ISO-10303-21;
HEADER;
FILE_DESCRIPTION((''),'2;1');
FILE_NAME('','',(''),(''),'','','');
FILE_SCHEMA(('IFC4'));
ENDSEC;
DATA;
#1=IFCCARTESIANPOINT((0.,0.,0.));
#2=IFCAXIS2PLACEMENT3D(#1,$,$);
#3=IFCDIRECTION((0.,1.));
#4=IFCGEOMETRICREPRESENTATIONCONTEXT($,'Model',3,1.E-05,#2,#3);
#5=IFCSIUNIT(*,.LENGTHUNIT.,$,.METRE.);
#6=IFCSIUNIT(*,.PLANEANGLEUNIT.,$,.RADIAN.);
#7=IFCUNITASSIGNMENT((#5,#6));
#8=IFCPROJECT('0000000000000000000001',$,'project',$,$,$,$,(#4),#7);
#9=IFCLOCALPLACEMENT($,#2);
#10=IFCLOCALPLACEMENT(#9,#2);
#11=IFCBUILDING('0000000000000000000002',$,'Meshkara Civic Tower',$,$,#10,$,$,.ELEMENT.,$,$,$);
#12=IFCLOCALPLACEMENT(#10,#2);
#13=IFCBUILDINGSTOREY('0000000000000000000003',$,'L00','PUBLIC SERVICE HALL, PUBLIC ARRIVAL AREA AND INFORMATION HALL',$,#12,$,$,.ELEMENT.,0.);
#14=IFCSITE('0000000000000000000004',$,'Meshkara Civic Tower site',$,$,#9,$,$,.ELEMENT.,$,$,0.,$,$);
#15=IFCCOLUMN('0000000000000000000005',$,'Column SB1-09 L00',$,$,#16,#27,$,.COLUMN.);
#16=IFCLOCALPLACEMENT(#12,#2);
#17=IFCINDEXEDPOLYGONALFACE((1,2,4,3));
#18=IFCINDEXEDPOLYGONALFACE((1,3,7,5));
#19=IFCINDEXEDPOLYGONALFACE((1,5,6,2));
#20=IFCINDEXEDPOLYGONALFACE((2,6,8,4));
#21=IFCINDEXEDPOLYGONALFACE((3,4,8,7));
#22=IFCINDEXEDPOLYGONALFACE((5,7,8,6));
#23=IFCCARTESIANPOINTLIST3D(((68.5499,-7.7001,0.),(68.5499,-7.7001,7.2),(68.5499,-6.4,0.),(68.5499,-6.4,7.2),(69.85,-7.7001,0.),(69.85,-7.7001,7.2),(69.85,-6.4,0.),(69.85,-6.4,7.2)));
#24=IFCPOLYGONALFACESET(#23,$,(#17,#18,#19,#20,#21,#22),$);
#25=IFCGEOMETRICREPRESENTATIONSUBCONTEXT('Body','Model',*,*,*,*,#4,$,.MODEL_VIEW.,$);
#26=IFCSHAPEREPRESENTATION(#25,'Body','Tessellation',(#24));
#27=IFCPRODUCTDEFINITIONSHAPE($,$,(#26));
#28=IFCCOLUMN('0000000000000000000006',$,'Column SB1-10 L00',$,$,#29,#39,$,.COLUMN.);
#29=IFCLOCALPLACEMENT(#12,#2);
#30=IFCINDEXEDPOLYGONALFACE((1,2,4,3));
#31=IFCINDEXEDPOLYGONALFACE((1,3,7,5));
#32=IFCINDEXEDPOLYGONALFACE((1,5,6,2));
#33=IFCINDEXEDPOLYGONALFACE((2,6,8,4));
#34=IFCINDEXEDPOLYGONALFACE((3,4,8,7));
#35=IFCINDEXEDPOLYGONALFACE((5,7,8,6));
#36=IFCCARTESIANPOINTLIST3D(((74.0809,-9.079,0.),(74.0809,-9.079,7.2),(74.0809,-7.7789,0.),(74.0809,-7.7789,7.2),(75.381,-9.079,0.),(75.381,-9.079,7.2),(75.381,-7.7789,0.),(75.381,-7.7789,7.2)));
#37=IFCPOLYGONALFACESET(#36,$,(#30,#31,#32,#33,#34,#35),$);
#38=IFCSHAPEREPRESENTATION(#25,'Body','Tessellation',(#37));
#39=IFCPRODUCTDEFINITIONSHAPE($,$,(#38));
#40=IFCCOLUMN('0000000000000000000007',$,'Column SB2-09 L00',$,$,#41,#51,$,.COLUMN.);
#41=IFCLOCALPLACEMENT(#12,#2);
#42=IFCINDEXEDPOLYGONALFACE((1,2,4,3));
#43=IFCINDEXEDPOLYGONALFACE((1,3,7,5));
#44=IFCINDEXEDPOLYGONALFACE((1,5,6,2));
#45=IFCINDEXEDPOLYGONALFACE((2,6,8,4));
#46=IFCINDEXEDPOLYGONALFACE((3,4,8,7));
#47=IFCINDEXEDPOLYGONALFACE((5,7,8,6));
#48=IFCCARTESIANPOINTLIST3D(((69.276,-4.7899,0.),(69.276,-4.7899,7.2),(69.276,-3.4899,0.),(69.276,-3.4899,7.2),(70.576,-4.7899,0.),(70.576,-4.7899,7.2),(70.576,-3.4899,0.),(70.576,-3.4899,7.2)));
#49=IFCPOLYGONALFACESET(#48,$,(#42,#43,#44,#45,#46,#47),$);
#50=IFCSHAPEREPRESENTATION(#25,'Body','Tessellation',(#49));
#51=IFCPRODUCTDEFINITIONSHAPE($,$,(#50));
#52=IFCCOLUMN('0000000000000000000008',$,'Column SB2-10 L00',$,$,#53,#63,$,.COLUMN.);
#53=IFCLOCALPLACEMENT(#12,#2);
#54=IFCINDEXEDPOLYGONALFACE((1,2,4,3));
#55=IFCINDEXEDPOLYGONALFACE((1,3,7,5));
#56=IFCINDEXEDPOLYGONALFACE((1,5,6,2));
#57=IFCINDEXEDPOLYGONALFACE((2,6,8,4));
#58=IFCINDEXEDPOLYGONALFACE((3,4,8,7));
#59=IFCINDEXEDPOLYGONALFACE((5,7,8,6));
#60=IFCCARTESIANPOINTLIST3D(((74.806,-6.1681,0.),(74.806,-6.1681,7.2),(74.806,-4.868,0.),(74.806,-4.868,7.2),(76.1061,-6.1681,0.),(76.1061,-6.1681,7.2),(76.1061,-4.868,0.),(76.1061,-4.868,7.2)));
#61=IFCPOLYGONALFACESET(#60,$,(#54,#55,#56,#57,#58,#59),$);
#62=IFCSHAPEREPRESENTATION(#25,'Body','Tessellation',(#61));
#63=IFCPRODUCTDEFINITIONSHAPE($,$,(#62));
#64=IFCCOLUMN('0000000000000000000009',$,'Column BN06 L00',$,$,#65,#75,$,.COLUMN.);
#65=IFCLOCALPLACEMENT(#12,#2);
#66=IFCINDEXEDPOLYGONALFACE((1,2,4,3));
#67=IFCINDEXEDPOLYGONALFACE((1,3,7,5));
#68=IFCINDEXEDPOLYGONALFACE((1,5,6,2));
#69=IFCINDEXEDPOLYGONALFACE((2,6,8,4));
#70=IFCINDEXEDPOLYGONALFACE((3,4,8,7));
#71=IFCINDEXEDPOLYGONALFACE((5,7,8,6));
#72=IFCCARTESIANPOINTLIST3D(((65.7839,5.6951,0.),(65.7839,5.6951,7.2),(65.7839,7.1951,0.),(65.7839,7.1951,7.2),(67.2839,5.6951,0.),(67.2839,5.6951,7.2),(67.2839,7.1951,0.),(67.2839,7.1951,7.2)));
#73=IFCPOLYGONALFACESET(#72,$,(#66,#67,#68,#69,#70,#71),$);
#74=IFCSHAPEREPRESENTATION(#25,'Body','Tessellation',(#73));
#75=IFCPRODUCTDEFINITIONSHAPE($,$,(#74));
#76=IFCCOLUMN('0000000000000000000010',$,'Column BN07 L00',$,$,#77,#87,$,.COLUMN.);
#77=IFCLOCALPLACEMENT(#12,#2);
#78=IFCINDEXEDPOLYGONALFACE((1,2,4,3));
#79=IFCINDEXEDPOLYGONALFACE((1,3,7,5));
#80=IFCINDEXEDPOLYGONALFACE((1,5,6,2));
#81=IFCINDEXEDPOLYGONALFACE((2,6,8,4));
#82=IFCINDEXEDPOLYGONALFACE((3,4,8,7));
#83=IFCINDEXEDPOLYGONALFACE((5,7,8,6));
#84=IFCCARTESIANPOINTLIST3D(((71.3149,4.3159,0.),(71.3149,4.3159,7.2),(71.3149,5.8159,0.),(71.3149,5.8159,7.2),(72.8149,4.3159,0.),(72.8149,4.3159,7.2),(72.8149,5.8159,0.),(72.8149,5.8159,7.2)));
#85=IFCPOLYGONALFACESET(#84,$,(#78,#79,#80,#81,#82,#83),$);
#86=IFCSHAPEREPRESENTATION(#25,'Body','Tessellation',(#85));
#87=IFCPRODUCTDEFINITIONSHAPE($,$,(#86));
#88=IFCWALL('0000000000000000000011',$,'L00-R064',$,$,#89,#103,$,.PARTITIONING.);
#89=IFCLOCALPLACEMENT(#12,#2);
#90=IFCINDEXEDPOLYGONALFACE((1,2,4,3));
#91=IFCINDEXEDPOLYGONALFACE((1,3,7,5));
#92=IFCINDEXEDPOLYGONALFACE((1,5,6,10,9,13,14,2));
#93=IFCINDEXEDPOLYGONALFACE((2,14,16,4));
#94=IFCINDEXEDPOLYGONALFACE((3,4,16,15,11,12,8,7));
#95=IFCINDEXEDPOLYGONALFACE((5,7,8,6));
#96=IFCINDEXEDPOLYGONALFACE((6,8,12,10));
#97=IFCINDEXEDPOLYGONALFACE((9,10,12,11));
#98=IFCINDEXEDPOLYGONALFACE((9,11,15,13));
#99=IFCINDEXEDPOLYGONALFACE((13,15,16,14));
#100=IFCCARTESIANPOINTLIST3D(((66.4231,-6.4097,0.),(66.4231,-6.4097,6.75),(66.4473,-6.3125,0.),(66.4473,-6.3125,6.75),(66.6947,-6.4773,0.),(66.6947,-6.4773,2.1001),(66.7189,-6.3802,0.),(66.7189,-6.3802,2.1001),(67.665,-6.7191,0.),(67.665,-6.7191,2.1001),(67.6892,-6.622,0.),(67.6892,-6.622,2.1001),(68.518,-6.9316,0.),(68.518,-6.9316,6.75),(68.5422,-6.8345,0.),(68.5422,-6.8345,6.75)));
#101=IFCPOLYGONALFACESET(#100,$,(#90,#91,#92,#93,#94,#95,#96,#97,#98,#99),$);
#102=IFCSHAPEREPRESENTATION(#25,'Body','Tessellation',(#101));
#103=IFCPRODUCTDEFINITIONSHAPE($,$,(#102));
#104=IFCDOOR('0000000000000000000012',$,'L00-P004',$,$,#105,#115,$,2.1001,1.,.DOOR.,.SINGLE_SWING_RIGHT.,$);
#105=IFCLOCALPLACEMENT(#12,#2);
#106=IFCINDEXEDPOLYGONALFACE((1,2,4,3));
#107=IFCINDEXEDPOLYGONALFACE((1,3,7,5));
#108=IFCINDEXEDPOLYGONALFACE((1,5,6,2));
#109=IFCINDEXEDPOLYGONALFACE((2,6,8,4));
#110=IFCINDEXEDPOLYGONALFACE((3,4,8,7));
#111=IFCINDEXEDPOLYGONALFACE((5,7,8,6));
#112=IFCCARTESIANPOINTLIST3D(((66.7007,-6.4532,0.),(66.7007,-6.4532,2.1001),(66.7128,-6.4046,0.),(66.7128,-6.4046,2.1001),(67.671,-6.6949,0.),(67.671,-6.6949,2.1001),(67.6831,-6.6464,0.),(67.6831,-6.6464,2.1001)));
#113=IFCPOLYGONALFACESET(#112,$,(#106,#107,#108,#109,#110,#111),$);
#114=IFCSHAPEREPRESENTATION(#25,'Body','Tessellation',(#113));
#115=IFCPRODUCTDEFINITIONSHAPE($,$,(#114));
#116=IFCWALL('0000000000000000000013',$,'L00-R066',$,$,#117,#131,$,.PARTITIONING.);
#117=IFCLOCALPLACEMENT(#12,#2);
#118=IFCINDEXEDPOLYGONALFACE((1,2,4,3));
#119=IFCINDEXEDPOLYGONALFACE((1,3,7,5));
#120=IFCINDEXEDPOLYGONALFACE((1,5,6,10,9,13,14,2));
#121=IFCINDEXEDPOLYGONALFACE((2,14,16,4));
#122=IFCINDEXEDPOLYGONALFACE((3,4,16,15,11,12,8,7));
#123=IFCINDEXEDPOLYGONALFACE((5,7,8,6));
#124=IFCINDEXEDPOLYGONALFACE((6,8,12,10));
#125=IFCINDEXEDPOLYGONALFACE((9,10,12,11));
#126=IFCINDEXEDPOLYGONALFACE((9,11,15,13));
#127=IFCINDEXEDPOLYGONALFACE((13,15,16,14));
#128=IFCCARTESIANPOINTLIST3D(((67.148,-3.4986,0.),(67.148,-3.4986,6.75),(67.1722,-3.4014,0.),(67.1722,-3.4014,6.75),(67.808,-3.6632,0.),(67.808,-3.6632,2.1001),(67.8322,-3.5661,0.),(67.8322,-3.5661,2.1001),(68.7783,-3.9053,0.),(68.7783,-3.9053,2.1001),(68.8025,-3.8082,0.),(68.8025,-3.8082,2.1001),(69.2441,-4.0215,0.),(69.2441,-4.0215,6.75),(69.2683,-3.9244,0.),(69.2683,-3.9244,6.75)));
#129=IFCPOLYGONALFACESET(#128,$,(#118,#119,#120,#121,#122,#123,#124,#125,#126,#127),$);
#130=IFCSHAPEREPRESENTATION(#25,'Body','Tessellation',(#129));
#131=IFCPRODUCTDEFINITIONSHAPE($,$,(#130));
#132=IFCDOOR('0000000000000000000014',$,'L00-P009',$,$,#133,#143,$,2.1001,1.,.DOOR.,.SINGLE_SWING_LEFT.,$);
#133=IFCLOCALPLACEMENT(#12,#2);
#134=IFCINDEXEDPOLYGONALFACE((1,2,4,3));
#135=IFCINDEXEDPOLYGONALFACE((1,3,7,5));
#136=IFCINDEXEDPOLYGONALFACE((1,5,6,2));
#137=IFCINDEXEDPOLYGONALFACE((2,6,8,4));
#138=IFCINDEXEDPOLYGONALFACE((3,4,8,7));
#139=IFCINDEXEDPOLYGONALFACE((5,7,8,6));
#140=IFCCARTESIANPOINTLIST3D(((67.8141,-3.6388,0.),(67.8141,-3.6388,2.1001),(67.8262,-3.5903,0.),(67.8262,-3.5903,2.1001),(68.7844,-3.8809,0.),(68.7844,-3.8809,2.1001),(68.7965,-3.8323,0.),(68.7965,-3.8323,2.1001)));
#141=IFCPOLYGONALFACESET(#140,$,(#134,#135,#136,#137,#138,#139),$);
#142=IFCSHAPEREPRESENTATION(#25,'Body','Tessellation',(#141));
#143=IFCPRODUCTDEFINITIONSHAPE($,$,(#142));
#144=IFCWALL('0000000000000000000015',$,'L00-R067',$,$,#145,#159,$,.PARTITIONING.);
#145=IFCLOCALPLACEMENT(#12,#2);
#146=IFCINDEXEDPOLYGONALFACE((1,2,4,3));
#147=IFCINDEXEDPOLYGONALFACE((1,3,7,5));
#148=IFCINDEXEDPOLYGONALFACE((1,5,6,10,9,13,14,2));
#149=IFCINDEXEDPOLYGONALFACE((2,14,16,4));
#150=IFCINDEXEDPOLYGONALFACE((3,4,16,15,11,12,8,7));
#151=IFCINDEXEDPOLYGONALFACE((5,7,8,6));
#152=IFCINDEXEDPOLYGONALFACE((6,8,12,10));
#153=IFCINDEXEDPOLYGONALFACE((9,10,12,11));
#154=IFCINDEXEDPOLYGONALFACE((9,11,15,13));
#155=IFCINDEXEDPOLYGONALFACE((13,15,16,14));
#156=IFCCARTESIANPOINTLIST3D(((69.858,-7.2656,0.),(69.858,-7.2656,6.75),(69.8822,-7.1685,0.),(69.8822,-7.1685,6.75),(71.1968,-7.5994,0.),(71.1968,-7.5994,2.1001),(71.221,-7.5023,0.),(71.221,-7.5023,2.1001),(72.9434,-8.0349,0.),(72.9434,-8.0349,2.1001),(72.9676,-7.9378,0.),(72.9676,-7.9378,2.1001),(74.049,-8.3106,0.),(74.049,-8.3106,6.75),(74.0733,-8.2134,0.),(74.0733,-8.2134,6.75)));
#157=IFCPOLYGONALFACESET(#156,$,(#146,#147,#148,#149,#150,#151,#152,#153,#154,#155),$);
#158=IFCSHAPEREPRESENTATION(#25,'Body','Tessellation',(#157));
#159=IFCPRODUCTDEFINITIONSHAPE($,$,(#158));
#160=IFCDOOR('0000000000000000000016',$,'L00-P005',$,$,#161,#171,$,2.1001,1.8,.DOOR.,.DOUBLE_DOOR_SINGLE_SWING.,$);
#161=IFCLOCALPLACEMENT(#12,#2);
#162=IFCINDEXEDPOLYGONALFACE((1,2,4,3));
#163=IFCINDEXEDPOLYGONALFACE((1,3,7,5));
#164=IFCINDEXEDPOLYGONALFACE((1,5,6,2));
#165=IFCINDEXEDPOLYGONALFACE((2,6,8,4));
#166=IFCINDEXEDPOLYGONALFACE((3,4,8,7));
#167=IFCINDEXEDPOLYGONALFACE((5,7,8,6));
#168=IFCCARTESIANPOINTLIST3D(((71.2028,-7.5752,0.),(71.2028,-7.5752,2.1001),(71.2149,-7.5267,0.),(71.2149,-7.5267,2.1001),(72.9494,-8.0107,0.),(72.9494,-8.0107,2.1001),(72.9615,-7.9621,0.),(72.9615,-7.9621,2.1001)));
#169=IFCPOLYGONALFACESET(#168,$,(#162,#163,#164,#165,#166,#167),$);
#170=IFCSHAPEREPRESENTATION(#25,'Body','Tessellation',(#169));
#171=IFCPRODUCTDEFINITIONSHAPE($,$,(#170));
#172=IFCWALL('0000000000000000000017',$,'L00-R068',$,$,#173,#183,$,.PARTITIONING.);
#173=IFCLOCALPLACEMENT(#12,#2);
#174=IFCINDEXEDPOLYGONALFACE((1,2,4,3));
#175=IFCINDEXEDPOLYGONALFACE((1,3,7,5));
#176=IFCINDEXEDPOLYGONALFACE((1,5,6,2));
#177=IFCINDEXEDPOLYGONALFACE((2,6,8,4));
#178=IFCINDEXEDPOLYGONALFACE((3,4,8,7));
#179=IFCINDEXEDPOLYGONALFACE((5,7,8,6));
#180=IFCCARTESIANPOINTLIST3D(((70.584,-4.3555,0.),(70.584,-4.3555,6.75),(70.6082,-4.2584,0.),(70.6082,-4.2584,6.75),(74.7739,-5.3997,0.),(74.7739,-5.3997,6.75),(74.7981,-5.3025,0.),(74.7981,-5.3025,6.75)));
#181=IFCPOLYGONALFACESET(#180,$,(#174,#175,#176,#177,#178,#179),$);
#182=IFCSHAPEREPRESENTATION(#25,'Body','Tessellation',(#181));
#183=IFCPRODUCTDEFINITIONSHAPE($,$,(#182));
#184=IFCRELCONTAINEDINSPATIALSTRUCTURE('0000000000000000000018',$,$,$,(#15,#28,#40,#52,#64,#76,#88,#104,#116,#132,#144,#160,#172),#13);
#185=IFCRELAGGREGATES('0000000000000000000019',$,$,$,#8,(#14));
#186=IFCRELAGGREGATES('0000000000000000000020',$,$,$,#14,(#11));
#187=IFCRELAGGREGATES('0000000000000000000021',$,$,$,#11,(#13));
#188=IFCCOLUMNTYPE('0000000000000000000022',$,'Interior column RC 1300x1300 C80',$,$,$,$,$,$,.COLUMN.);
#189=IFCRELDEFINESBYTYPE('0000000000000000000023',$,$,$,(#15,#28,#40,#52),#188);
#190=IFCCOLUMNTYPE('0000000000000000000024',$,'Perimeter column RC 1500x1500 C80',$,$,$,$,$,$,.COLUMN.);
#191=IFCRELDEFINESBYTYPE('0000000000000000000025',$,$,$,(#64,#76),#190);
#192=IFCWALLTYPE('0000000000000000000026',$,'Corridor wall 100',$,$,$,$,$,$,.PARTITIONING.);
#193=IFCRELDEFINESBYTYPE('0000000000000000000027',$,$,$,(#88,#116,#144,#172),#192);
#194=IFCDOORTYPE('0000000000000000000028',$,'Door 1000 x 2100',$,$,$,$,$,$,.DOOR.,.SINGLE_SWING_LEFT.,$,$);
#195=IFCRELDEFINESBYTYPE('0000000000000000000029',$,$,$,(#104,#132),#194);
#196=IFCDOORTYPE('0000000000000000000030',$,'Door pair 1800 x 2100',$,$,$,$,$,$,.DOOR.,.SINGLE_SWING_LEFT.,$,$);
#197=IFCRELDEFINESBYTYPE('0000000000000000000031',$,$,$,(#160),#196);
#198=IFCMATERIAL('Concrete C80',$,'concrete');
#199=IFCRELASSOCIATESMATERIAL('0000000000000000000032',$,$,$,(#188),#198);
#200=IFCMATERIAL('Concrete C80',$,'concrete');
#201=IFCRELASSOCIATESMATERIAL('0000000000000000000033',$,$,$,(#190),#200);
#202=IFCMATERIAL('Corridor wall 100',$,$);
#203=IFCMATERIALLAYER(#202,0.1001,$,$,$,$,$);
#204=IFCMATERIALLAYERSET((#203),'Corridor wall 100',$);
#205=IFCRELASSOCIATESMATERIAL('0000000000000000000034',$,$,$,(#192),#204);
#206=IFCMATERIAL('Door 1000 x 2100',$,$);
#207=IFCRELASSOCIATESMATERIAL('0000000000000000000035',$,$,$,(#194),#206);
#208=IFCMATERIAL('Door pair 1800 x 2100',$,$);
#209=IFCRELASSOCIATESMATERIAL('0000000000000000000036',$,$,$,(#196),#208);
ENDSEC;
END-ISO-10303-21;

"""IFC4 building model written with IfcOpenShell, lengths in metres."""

from ifc_helpers import new_model, si_unit, direction, frame, frame_2d, origin, origin_2d, place, context, subcontext, project, spatial, rectangle, extrude, material, layer, layer_set, material_profile, profile_set, type_object, element, fill, save


model = new_model("IFC4")

# Units and contexts
model_context = context("Model", 3, precision=1e-05, world=origin(), true_north=direction((0.0, 1.0)))
body_context = subcontext(model_context, "Body", "Model", "MODEL_VIEW")
ifc_project = project(units=[si_unit("LENGTHUNIT", "METRE"), si_unit("PLANEANGLEUNIT", "RADIAN")], contexts=[model_context])

# Site, building, storey
site_placement = place(None, origin())
site = spatial("IfcSite", under=ifc_project, at=site_placement, Name="Meshkara Civic Tower site", CompositionType="ELEMENT", RefElevation=0.0)
building_placement = place(site_placement, origin())
building = spatial("IfcBuilding", under=site, at=building_placement, Name="Meshkara Civic Tower", CompositionType="ELEMENT")
storey_placement = place(building_placement, origin())
storey = spatial("IfcBuildingStorey", under=building, at=storey_placement, Name="L00", Description="PUBLIC SERVICE HALL, PUBLIC ARRIVAL AREA AND INFORMATION HALL", CompositionType="ELEMENT", Elevation=0.0)

# Columns
ifc_material_1 = material(Name="Concrete C80", Category="concrete")
ifc_material_profile_1 = material_profile(ifc_material_1, rectangle(XDim=1.3, YDim=1.3, at=origin_2d()))
ifc_profile_set_1 = profile_set([ifc_material_profile_1], Name="Concrete C80")
column_type_1 = type_object("IfcColumnType", Name="Interior column RC 1300x1300 C80", PredefinedType="COLUMN", material=ifc_profile_set_1)
for number, where, z_axis, x_axis, name in (
    (1, (69.2, -7.05, 0.0), (0.0, 0.0, 1.0), (1.0, 0.0, 0.0), "Column SB1-09 L00"),
    (2, (74.731, -8.429, 0.0), (0.0, 0.0, 1.0), (1.0, 0.0, 0.0), "Column SB1-10 L00"),
    (3, (69.926, -4.1399, 0.0), (0.0, 0.0, 1.0), (1.0, 0.0, 0.0), "Column SB2-09 L00"),
    (4, (75.4561, -5.5181, 0.0), (0.0, 0.0, 1.0), (1.0, 0.0, 0.0), "Column SB2-10 L00"),
):
    element("IfcColumn", number, at=place(storey_placement, frame(where, z_axis=z_axis, x_axis=x_axis)), inside=storey, type_object=column_type_1, Name=name, PredefinedType="COLUMN", context=body_context, shape_type="SweptSolid", body=[
        extrude(rectangle(XDim=1.3, YDim=1.3, at=origin_2d()), origin(), (0.0, 0.0, 1.0), 7.2),
    ])
ifc_material_2 = material(Name="Concrete C80", Category="concrete")
ifc_material_profile_2 = material_profile(ifc_material_2, rectangle(XDim=1.5, YDim=1.5, at=origin_2d()))
ifc_profile_set_2 = profile_set([ifc_material_profile_2], Name="Concrete C80")
column_type_2 = type_object("IfcColumnType", Name="Perimeter column RC 1500x1500 C80", PredefinedType="COLUMN", material=ifc_profile_set_2)
for number, where, z_axis, x_axis, name in (
    (5, (66.5339, 6.4451, 0.0), (0.0, 0.0, 1.0), (1.0, 0.0, 0.0), "Column BN06 L00"),
    (6, (72.0649, 5.0659, 0.0), (0.0, 0.0, 1.0), (1.0, 0.0, 0.0), "Column BN07 L00"),
):
    element("IfcColumn", number, at=place(storey_placement, frame(where, z_axis=z_axis, x_axis=x_axis)), inside=storey, type_object=column_type_2, Name=name, PredefinedType="COLUMN", context=body_context, shape_type="SweptSolid", body=[
        extrude(rectangle(XDim=1.5, YDim=1.5, at=origin_2d()), origin(), (0.0, 0.0, 1.0), 7.2),
    ])

# Walls, openings, doors
ifc_material_3 = material(Name="Corridor wall 100")
ifc_layer_1 = layer(ifc_material_3, 0.1001)
ifc_layer_set_1 = layer_set([ifc_layer_1], Name="Corridor wall 100")
wall_type_1 = type_object("IfcWallType", Name="Corridor wall 100", PredefinedType="PARTITIONING", material=ifc_layer_set_1)
wall_1_placement = place(storey_placement, frame((66.4351, -6.3611, 0.0), z_axis=(0.0, 0.0, 1.0), x_axis=(0.970335, -0.241764, 0.0)))
wall_1 = element("IfcWall", 7, at=wall_1_placement, inside=storey, type_object=wall_type_1, Name="L00-R064", PredefinedType="PARTITIONING", context=body_context, shape_type="SweptSolid", body=[
    extrude(rectangle(XDim=2.1589, YDim=0.1001, at=frame_2d((1.0796, 0.0))), origin(), (0.0, 0.0, 1.0), 6.75),
])
opening_1_placement = place(wall_1_placement, frame((0.28, 0.0, 0.0)))
opening_1 = element("IfcOpeningElement", 8, at=opening_1_placement, cuts=wall_1, PredefinedType="OPENING", context=body_context, shape_type="SweptSolid", body=[
    extrude(rectangle(XDim=1.0, YDim=2.1001, at=frame_2d((0.5, 1.05))), frame((0.0, 0.0601, 0.0), z_axis=(0.0, -1.0, 0.0), x_axis=(1.0, 0.0, 0.0)), (0.0, 0.0, 1.0), 0.1201),
])
ifc_material_4 = material(Name="Door 1000 x 2100")
door_type_1 = type_object("IfcDoorType", Name="Door 1000 x 2100", OperationType="SINGLE_SWING_LEFT", PredefinedType="DOOR", material=ifc_material_4)
door_1_placement = place(opening_1_placement, origin())
door_1 = element("IfcDoor", 9, at=door_1_placement, inside=storey, type_object=door_type_1, Name="L00-P004", OperationType="SINGLE_SWING_RIGHT", OverallHeight=2.1001, OverallWidth=1.0, PredefinedType="DOOR", context=body_context, shape_type="SweptSolid", body=[
    extrude(rectangle(XDim=1.0, YDim=2.1001, at=frame_2d((0.5, 1.05))), frame((0.0, 0.0249, 0.0), z_axis=(0.0, -1.0, 0.0), x_axis=(1.0, 0.0, 0.0)), (0.0, 0.0, 1.0), 0.05),
])
fill(opening_1, door_1)
wall_2_placement = place(storey_placement, frame((69.2561, -3.9729, 0.0), z_axis=(0.0, 0.0, 1.0), x_axis=(-0.970262, 0.242057, 0.0)))
wall_2 = element("IfcWall", 10, at=wall_2_placement, inside=storey, type_object=wall_type_1, Name="L00-R066", PredefinedType="PARTITIONING", context=body_context, shape_type="SweptSolid", body=[
    extrude(rectangle(XDim=2.1604, YDim=0.1001, at=frame_2d((1.0801, 0.0))), origin(), (0.0, 0.0, 1.0), 6.75),
])
opening_2_placement = place(wall_2_placement, frame((0.48, 0.0, 0.0)))
opening_2 = element("IfcOpeningElement", 11, at=opening_2_placement, cuts=wall_2, PredefinedType="OPENING", context=body_context, shape_type="SweptSolid", body=[
    extrude(rectangle(XDim=1.0, YDim=2.1001, at=frame_2d((0.5, 1.05))), frame((0.0, 0.0601, 0.0), z_axis=(0.0, -1.0, 0.0), x_axis=(1.0, 0.0, 0.0)), (0.0, 0.0, 1.0), 0.1201),
])
door_2_placement = place(opening_2_placement, origin())
door_2 = element("IfcDoor", 12, at=door_2_placement, inside=storey, type_object=door_type_1, Name="L00-P009", OperationType="SINGLE_SWING_LEFT", OverallHeight=2.1001, OverallWidth=1.0, PredefinedType="DOOR", context=body_context, shape_type="SweptSolid", body=[
    extrude(rectangle(XDim=1.0, YDim=2.1001, at=frame_2d((0.5, 1.05))), frame((0.0, 0.0249, 0.0), z_axis=(0.0, -1.0, 0.0), x_axis=(1.0, 0.0, 0.0)), (0.0, 0.0, 1.0), 0.05),
])
fill(opening_2, door_2)
wall_3_placement = place(storey_placement, frame((69.8701, -7.217, 0.0), z_axis=(0.0, 0.0, 1.0), x_axis=(0.970295, -0.241924, 0.0)))
wall_3 = element("IfcWall", 13, at=wall_3_placement, inside=storey, type_object=wall_type_1, Name="L00-R067", PredefinedType="PARTITIONING", context=body_context, shape_type="SweptSolid", body=[
    extrude(rectangle(XDim=4.3193, YDim=0.1001, at=frame_2d((2.1597, 0.0))), origin(), (0.0, 0.0, 1.0), 6.75),
])
opening_3_placement = place(wall_3_placement, frame((1.3799, 0.0, 0.0)))
opening_3 = element("IfcOpeningElement", 14, at=opening_3_placement, cuts=wall_3, PredefinedType="OPENING", context=body_context, shape_type="SweptSolid", body=[
    extrude(rectangle(XDim=1.8, YDim=2.1001, at=frame_2d((0.8999, 1.05))), frame((0.0, 0.0601, 0.0), z_axis=(0.0, -1.0, 0.0), x_axis=(1.0, 0.0, 0.0)), (0.0, 0.0, 1.0), 0.1201),
])
ifc_material_5 = material(Name="Door pair 1800 x 2100")
door_type_2 = type_object("IfcDoorType", Name="Door pair 1800 x 2100", OperationType="SINGLE_SWING_LEFT", PredefinedType="DOOR", material=ifc_material_5)
door_3_placement = place(opening_3_placement, origin())
door_3 = element("IfcDoor", 15, at=door_3_placement, inside=storey, type_object=door_type_2, Name="L00-P005", OperationType="DOUBLE_DOOR_SINGLE_SWING", OverallHeight=2.1001, OverallWidth=1.8, PredefinedType="DOOR", context=body_context, shape_type="SweptSolid", body=[
    extrude(rectangle(XDim=1.8, YDim=2.1001, at=frame_2d((0.8999, 1.05))), frame((0.0, 0.0249, 0.0), z_axis=(0.0, -1.0, 0.0), x_axis=(1.0, 0.0, 0.0)), (0.0, 0.0, 1.0), 0.05),
])
fill(opening_3, door_3)

# Wall
wall_4_placement = place(storey_placement, frame((70.5959, -4.3069, 0.0), z_axis=(0.0, 0.0, 1.0), x_axis=(0.970322, -0.241817, 0.0)))
element("IfcWall", 16, at=wall_4_placement, inside=storey, type_object=wall_type_1, Name="L00-R068", PredefinedType="PARTITIONING", context=body_context, shape_type="SweptSolid", body=[
    extrude(rectangle(XDim=4.3181, YDim=0.1001, at=frame_2d((2.1592, 0.0))), origin(), (0.0, 0.0, 1.0), 6.75),
])

save(model, "model.ifc")
